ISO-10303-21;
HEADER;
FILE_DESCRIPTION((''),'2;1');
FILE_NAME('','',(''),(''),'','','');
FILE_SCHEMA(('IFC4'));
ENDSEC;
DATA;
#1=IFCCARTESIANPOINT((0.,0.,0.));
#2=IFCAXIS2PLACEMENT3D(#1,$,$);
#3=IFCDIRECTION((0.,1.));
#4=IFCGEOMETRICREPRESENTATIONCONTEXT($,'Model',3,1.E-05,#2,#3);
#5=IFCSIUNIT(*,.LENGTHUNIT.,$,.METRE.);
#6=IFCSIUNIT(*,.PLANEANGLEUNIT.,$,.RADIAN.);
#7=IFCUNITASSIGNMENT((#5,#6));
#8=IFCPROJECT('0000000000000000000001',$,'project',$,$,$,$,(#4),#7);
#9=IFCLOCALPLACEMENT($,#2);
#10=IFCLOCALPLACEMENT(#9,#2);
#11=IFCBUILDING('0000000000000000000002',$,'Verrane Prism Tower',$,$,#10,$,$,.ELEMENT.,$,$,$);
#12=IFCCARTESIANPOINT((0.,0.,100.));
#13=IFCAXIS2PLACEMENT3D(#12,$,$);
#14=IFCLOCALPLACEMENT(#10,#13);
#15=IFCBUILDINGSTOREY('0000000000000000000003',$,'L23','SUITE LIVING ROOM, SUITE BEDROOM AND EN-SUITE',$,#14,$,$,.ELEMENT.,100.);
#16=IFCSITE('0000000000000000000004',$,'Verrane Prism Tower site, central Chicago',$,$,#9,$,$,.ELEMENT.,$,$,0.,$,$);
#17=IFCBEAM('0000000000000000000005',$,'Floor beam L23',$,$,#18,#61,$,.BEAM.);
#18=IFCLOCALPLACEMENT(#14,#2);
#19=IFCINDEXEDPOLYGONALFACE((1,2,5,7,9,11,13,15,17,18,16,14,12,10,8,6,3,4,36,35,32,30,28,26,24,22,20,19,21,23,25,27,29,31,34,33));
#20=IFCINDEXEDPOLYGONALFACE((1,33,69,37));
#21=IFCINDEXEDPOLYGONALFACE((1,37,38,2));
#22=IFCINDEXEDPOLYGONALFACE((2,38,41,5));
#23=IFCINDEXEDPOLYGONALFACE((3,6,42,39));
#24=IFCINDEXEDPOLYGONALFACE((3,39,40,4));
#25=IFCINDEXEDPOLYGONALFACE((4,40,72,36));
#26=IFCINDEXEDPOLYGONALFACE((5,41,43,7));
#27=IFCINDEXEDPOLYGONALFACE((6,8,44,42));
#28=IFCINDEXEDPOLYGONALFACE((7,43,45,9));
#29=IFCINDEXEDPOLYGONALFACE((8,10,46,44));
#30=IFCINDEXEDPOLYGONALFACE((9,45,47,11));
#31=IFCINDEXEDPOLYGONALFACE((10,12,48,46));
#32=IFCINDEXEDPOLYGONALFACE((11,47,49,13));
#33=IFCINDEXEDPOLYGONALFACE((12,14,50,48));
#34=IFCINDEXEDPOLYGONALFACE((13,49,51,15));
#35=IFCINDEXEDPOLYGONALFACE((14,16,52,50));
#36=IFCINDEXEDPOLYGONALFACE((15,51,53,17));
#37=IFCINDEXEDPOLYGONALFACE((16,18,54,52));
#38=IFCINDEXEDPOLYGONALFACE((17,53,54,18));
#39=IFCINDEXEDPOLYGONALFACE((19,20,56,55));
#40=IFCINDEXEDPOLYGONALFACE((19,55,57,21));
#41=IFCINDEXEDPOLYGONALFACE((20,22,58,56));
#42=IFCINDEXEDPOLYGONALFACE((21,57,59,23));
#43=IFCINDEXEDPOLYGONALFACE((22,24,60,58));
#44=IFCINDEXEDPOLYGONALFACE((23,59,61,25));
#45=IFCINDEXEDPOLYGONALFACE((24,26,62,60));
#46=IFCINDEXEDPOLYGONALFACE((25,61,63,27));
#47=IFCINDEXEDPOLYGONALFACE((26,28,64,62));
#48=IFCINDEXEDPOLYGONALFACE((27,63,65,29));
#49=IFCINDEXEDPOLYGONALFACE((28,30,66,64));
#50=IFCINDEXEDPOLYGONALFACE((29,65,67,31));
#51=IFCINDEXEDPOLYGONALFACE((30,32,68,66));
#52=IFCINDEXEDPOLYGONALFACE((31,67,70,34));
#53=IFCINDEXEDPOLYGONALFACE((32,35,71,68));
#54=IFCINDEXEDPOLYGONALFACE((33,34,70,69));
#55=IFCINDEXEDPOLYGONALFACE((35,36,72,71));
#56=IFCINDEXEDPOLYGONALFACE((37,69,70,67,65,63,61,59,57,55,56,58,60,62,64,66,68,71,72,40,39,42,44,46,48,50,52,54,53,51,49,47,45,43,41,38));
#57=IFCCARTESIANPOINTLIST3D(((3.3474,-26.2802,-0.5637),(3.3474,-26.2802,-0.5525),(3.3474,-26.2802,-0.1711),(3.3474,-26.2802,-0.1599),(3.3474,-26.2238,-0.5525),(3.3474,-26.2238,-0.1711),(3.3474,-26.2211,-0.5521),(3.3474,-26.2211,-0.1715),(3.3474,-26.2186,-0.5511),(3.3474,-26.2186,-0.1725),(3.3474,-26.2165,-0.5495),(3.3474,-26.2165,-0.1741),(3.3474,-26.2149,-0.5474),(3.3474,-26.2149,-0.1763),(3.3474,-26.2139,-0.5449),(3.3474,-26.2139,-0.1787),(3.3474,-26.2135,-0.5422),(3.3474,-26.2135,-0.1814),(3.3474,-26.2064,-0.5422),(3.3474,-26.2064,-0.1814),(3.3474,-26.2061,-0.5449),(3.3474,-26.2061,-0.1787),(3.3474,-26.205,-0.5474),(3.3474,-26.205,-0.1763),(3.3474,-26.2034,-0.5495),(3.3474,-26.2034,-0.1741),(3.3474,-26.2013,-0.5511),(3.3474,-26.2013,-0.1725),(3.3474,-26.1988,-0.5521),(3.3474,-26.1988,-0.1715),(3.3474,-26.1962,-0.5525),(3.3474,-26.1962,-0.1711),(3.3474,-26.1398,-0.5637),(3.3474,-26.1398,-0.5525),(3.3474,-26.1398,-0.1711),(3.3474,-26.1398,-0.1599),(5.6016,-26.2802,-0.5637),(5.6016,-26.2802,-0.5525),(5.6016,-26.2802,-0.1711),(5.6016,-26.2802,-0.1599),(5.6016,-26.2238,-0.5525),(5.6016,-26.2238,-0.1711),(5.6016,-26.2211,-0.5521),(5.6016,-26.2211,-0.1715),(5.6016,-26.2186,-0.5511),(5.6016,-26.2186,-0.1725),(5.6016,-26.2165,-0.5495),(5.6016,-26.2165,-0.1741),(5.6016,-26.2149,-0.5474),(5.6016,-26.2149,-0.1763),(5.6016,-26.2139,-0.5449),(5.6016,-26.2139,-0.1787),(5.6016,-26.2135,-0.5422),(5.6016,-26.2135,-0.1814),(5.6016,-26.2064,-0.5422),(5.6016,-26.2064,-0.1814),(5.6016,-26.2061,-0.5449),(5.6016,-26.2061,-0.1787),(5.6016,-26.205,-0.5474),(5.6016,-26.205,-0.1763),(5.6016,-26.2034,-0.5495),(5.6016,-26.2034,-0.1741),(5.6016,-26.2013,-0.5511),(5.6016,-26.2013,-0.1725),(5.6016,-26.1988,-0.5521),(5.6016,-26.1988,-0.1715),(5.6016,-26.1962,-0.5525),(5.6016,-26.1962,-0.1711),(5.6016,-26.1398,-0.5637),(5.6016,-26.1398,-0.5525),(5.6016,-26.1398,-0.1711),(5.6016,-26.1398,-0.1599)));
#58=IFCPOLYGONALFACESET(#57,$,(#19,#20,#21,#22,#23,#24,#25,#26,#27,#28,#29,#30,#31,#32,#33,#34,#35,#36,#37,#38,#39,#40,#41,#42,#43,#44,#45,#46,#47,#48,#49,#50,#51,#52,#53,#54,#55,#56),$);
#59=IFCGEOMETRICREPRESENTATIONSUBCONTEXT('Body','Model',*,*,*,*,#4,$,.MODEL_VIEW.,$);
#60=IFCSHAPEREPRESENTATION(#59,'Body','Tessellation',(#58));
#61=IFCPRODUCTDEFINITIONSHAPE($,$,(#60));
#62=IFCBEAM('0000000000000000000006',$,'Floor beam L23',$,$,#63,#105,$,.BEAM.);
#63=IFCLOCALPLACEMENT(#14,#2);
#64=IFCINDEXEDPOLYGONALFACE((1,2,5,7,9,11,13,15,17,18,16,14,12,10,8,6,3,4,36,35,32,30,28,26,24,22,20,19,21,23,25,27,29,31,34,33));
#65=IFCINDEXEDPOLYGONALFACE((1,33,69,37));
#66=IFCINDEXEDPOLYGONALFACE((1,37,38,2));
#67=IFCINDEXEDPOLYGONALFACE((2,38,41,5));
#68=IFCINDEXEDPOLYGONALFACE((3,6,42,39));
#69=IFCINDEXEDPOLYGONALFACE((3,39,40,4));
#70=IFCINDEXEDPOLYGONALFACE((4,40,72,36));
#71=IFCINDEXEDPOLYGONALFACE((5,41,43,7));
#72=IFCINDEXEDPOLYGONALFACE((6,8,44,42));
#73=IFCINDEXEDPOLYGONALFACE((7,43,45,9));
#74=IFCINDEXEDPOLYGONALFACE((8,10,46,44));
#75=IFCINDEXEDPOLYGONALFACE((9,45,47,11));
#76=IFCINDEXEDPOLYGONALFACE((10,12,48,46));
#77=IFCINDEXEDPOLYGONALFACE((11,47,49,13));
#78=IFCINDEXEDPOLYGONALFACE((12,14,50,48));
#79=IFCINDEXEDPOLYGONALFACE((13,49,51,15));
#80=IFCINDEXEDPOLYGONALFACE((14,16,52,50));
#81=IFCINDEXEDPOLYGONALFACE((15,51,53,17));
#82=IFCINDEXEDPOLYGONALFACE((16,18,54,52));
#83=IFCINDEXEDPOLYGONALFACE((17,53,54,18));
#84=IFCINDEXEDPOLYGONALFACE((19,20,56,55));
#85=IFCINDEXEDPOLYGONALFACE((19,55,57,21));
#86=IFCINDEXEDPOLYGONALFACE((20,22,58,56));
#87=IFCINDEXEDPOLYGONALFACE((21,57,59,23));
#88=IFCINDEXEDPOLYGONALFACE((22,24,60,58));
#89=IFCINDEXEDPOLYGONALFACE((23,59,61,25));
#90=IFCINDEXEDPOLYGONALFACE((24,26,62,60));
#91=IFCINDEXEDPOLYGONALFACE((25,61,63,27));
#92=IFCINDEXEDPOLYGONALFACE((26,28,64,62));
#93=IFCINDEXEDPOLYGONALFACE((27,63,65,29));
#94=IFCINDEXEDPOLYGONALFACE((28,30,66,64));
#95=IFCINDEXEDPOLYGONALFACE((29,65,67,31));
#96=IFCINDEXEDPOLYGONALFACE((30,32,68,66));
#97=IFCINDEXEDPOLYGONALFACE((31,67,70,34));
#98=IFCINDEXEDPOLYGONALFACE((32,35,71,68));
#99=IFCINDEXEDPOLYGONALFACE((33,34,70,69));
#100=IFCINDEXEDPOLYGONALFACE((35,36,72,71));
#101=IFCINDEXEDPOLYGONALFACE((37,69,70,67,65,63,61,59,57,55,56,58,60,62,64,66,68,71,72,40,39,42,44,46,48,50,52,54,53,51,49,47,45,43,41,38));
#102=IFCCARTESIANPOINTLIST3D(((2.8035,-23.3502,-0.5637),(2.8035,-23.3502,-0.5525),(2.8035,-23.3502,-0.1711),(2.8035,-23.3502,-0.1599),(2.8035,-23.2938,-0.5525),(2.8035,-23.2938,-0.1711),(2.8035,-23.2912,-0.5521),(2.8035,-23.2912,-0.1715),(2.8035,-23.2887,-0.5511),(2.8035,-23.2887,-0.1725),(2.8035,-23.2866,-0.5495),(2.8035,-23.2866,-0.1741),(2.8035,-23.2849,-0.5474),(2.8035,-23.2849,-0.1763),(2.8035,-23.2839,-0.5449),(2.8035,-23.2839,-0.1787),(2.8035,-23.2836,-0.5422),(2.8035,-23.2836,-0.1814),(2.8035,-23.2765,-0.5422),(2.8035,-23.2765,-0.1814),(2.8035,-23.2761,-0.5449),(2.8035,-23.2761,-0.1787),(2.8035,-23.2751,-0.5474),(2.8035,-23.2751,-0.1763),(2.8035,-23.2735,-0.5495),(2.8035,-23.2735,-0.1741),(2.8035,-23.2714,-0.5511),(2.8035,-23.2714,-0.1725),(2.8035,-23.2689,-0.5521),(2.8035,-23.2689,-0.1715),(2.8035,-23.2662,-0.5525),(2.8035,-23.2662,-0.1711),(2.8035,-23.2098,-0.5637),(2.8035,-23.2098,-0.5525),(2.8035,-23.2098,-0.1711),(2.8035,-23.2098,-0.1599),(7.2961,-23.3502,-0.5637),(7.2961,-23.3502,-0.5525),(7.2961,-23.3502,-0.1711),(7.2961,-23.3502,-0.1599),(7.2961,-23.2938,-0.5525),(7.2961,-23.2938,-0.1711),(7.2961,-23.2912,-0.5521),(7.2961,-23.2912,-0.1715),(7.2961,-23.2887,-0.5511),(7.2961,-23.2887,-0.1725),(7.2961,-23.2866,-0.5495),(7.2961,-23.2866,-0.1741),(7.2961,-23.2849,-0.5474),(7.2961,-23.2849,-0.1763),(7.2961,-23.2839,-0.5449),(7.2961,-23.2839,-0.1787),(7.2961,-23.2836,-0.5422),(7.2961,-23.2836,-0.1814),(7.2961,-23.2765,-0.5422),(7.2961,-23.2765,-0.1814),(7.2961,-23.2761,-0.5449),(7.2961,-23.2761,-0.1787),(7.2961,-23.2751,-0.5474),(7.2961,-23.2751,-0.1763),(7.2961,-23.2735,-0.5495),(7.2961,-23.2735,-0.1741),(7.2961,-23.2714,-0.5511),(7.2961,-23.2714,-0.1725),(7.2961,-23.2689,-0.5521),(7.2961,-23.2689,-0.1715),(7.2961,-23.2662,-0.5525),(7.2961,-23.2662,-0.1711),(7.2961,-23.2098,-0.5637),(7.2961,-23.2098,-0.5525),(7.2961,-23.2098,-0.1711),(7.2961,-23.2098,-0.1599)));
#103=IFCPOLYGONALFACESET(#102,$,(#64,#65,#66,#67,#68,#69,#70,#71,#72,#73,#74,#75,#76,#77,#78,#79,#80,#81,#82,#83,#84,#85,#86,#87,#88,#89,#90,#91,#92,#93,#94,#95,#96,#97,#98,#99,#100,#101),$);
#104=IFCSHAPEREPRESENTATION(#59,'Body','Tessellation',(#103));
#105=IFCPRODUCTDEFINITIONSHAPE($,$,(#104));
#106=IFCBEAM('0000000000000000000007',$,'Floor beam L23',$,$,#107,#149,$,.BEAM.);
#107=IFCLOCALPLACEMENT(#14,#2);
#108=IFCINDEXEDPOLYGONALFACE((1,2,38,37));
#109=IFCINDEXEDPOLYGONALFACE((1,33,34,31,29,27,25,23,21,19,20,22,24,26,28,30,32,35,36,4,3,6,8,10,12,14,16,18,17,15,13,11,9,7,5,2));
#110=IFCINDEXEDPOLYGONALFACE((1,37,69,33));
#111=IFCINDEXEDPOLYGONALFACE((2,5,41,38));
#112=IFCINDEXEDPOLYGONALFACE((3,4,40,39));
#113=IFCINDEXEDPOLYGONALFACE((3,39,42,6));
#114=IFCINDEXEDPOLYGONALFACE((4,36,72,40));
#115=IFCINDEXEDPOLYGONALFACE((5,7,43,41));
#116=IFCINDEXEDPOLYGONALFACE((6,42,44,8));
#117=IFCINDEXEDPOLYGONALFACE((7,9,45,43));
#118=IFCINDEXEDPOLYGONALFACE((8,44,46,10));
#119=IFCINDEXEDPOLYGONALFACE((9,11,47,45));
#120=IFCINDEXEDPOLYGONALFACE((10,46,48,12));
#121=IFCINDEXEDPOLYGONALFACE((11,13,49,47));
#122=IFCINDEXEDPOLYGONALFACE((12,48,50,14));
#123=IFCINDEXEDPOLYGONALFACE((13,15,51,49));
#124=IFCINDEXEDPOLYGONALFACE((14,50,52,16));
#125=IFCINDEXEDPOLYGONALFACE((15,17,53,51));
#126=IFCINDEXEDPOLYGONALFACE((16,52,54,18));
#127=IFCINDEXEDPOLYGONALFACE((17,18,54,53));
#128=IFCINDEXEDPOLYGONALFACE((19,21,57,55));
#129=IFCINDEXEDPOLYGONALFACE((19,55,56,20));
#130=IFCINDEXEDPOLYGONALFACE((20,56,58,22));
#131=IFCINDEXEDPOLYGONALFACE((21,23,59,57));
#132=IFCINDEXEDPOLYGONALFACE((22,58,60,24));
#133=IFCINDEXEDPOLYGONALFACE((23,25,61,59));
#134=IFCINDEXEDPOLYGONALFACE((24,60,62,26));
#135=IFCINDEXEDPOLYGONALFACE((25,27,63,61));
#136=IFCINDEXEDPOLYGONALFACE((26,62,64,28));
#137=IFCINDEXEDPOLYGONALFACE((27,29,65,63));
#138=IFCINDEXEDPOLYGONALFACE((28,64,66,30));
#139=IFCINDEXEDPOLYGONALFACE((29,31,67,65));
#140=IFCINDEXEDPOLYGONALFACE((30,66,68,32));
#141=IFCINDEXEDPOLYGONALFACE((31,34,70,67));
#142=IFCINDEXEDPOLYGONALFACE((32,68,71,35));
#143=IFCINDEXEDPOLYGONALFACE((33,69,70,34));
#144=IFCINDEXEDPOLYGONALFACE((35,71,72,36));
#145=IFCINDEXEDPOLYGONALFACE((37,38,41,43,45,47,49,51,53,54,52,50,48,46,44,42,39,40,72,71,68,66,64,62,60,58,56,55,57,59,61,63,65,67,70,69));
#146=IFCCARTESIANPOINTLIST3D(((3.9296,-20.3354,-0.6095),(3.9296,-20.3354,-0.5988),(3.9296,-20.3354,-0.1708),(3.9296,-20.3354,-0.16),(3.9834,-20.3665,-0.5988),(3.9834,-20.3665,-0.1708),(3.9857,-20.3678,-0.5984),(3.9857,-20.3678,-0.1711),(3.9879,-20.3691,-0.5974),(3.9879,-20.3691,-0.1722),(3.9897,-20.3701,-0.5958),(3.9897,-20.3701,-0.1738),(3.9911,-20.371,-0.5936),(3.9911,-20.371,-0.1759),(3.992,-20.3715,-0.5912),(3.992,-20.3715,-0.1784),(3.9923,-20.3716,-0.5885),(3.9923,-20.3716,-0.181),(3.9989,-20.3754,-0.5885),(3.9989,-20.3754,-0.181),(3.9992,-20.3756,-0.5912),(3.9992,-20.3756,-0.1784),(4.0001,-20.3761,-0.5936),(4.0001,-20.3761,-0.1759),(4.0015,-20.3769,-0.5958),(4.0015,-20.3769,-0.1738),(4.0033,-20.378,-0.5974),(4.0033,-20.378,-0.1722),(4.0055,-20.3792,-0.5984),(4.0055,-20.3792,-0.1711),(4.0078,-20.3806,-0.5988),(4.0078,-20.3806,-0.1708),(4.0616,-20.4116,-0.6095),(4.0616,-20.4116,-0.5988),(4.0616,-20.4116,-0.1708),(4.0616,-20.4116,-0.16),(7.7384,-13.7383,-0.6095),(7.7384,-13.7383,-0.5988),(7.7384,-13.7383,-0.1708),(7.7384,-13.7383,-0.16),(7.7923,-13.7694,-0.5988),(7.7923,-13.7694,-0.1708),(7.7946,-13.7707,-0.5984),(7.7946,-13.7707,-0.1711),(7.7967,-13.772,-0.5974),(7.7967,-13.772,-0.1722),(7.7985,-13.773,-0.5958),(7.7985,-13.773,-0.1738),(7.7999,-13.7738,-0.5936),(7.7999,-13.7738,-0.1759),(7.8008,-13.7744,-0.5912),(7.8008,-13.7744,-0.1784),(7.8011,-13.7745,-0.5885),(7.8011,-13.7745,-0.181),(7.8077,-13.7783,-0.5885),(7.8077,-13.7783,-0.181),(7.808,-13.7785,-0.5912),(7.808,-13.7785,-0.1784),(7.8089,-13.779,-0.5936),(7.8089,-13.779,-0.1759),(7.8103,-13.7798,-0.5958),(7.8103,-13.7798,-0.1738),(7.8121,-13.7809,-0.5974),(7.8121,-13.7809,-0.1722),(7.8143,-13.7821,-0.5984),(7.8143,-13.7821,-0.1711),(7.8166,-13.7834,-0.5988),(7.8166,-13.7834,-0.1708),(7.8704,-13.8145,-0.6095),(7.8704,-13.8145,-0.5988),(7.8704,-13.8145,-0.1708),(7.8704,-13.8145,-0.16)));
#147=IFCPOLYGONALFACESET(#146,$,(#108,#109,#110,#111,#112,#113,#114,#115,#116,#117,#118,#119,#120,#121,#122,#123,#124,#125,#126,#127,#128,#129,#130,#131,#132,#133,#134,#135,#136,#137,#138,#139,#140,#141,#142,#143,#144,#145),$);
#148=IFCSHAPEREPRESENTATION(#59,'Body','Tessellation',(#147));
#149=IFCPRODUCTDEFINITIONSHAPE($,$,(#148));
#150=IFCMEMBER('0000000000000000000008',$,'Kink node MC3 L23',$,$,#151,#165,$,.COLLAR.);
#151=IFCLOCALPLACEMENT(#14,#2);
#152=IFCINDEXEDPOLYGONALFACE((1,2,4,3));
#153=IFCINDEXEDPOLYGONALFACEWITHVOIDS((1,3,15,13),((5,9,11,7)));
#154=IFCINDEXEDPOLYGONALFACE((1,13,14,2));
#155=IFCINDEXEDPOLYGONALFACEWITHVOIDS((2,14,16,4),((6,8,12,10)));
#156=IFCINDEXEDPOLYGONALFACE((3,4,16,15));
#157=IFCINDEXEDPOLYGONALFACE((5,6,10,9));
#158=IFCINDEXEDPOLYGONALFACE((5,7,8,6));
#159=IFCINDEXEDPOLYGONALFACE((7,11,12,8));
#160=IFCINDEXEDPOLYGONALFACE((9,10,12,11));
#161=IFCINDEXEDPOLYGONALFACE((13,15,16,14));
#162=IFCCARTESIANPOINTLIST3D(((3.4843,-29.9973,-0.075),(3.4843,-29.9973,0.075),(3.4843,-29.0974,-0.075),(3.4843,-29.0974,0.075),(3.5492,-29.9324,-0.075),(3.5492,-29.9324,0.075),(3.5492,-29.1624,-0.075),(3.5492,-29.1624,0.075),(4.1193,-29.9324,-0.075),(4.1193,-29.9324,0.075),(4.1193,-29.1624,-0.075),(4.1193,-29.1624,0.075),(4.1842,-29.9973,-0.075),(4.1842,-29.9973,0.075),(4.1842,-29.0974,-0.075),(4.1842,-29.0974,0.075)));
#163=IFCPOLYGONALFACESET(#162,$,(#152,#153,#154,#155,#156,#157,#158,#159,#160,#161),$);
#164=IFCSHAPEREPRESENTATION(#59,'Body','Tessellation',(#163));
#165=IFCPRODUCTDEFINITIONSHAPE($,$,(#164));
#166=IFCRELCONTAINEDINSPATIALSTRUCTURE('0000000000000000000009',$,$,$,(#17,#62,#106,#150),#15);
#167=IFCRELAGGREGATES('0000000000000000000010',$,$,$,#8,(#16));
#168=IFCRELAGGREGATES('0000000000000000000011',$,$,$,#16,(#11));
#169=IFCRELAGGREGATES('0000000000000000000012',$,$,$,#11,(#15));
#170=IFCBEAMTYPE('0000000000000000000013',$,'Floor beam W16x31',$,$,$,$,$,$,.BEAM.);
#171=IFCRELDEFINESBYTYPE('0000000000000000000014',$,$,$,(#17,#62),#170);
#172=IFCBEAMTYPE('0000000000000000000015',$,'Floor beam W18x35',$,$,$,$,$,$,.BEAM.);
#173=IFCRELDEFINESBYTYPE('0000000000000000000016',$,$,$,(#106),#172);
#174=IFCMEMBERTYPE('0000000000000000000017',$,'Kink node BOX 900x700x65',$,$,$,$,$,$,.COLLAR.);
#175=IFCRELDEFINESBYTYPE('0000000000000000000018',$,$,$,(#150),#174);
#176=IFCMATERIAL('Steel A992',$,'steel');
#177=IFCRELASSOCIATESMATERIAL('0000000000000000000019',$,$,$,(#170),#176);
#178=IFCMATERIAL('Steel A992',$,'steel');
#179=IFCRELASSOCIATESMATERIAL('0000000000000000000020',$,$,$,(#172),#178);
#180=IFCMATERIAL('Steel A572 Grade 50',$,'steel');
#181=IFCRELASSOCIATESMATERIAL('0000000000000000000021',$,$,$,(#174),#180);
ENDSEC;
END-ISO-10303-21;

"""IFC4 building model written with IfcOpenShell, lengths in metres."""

from ifc_helpers import new_model, si_unit, direction, frame, origin, origin_2d, place, context, subcontext, project, spatial, hollow_rectangle, i_section, extrude, material, material_profile, profile_set, type_object, element, save


model = new_model("IFC4")

# Units and contexts
model_context = context("Model", 3, precision=1e-05, world=origin(), true_north=direction((0.0, 1.0)))
body_context = subcontext(model_context, "Body", "Model", "MODEL_VIEW")
ifc_project = project(units=[si_unit("LENGTHUNIT", "METRE"), si_unit("PLANEANGLEUNIT", "RADIAN")], contexts=[model_context])

# Site, building, storey
site_placement = place(None, origin())
site = spatial("IfcSite", under=ifc_project, at=site_placement, Name="Verrane Prism Tower site, central Chicago", CompositionType="ELEMENT", RefElevation=0.0)
building_placement = place(site_placement, origin())
building = spatial("IfcBuilding", under=site, at=building_placement, Name="Verrane Prism Tower", CompositionType="ELEMENT")
storey_placement = place(building_placement, frame((0.0, 0.0, 100.0)))
storey = spatial("IfcBuildingStorey", under=building, at=storey_placement, Name="L23", Description="SUITE LIVING ROOM, SUITE BEDROOM AND EN-SUITE", CompositionType="ELEMENT", Elevation=100.0)

# Beams
ifc_material_1 = material(Name="Steel A992", Category="steel")
ifc_material_profile_1 = material_profile(ifc_material_1, i_section(OverallWidth=0.1404, OverallDepth=0.4038, WebThickness=0.0071, FlangeThickness=0.0112, FilletRadius=0.0103, at=origin_2d()), Name="W16x31")
ifc_profile_set_1 = profile_set([ifc_material_profile_1], Name="Steel A992")
beam_type_1 = type_object("IfcBeamType", Name="Floor beam W16x31", PredefinedType="BEAM", material=ifc_profile_set_1)
beam_1_placement = place(storey_placement, frame((3.3474, -26.21, -0.3618), z_axis=(1.0, 0.0, 0.0), x_axis=(0.0, 1.0, 0.0)))
element("IfcBeam", 1, at=beam_1_placement, inside=storey, type_object=beam_type_1, Name="Floor beam L23", PredefinedType="BEAM", context=body_context, shape_type="SweptSolid", body=[
    extrude(i_section(OverallWidth=0.1404, OverallDepth=0.4038, WebThickness=0.0071, FlangeThickness=0.0112, FilletRadius=0.0103, at=origin_2d()), origin(), (0.0, 0.0, 1.0), 2.2542),
])
beam_2_placement = place(storey_placement, frame((2.8035, -23.28, -0.3618), z_axis=(1.0, 0.0, 0.0), x_axis=(0.0, 1.0, 0.0)))
element("IfcBeam", 2, at=beam_2_placement, inside=storey, type_object=beam_type_1, Name="Floor beam L23", PredefinedType="BEAM", context=body_context, shape_type="SweptSolid", body=[
    extrude(i_section(OverallWidth=0.1404, OverallDepth=0.4038, WebThickness=0.0071, FlangeThickness=0.0112, FilletRadius=0.0103, at=origin_2d()), origin(), (0.0, 0.0, 1.0), 4.4927),
])
ifc_material_2 = material(Name="Steel A992", Category="steel")
ifc_material_profile_2 = material_profile(ifc_material_2, i_section(OverallWidth=0.1523, OverallDepth=0.4495, WebThickness=0.0076, FlangeThickness=0.0107, FilletRadius=0.0103, at=origin_2d()), Name="W18x35")
ifc_profile_set_2 = profile_set([ifc_material_profile_2], Name="Steel A992")
beam_type_2 = type_object("IfcBeamType", Name="Floor beam W18x35", PredefinedType="BEAM", material=ifc_profile_set_2)
beam_3_placement = place(storey_placement, frame((3.9956, -20.3735, -0.3848), z_axis=(0.499996, 0.866028, 0.0), x_axis=(-0.866028, 0.499996, 0.0)))
element("IfcBeam", 3, at=beam_3_placement, inside=storey, type_object=beam_type_2, Name="Floor beam L23", PredefinedType="BEAM", context=body_context, shape_type="SweptSolid", body=[
    extrude(i_section(OverallWidth=0.1523, OverallDepth=0.4495, WebThickness=0.0076, FlangeThickness=0.0107, FilletRadius=0.0103, at=origin_2d()), origin(), (0.0, 0.0, 1.0), 7.6177),
])

# Member
ifc_material_3 = material(Name="Steel A572 Grade 50", Category="steel")
ifc_material_profile_3 = material_profile(ifc_material_3, hollow_rectangle(XDim=0.7, YDim=0.8999, WallThickness=0.0649, at=origin_2d()), Name="BOX 900x700x65")
ifc_profile_set_3 = profile_set([ifc_material_profile_3], Name="Steel A572 Grade 50")
member_type_1 = type_object("IfcMemberType", Name="Kink node BOX 900x700x65", PredefinedType="COLLAR", material=ifc_profile_set_3)
member_1_placement = place(storey_placement, frame((3.8342, -29.5474, -0.075), z_axis=(0.0, 0.0, 1.0), x_axis=(-1.0, 0.0, 0.0)))
element("IfcMember", 4, at=member_1_placement, inside=storey, type_object=member_type_1, Name="Kink node MC3 L23", PredefinedType="COLLAR", context=body_context, shape_type="SweptSolid", body=[
    extrude(hollow_rectangle(XDim=0.7, YDim=0.8999, WallThickness=0.0649, at=origin_2d()), origin(), (0.0, 0.0, 1.0), 0.1499),
])

save(model, "model.ifc")
